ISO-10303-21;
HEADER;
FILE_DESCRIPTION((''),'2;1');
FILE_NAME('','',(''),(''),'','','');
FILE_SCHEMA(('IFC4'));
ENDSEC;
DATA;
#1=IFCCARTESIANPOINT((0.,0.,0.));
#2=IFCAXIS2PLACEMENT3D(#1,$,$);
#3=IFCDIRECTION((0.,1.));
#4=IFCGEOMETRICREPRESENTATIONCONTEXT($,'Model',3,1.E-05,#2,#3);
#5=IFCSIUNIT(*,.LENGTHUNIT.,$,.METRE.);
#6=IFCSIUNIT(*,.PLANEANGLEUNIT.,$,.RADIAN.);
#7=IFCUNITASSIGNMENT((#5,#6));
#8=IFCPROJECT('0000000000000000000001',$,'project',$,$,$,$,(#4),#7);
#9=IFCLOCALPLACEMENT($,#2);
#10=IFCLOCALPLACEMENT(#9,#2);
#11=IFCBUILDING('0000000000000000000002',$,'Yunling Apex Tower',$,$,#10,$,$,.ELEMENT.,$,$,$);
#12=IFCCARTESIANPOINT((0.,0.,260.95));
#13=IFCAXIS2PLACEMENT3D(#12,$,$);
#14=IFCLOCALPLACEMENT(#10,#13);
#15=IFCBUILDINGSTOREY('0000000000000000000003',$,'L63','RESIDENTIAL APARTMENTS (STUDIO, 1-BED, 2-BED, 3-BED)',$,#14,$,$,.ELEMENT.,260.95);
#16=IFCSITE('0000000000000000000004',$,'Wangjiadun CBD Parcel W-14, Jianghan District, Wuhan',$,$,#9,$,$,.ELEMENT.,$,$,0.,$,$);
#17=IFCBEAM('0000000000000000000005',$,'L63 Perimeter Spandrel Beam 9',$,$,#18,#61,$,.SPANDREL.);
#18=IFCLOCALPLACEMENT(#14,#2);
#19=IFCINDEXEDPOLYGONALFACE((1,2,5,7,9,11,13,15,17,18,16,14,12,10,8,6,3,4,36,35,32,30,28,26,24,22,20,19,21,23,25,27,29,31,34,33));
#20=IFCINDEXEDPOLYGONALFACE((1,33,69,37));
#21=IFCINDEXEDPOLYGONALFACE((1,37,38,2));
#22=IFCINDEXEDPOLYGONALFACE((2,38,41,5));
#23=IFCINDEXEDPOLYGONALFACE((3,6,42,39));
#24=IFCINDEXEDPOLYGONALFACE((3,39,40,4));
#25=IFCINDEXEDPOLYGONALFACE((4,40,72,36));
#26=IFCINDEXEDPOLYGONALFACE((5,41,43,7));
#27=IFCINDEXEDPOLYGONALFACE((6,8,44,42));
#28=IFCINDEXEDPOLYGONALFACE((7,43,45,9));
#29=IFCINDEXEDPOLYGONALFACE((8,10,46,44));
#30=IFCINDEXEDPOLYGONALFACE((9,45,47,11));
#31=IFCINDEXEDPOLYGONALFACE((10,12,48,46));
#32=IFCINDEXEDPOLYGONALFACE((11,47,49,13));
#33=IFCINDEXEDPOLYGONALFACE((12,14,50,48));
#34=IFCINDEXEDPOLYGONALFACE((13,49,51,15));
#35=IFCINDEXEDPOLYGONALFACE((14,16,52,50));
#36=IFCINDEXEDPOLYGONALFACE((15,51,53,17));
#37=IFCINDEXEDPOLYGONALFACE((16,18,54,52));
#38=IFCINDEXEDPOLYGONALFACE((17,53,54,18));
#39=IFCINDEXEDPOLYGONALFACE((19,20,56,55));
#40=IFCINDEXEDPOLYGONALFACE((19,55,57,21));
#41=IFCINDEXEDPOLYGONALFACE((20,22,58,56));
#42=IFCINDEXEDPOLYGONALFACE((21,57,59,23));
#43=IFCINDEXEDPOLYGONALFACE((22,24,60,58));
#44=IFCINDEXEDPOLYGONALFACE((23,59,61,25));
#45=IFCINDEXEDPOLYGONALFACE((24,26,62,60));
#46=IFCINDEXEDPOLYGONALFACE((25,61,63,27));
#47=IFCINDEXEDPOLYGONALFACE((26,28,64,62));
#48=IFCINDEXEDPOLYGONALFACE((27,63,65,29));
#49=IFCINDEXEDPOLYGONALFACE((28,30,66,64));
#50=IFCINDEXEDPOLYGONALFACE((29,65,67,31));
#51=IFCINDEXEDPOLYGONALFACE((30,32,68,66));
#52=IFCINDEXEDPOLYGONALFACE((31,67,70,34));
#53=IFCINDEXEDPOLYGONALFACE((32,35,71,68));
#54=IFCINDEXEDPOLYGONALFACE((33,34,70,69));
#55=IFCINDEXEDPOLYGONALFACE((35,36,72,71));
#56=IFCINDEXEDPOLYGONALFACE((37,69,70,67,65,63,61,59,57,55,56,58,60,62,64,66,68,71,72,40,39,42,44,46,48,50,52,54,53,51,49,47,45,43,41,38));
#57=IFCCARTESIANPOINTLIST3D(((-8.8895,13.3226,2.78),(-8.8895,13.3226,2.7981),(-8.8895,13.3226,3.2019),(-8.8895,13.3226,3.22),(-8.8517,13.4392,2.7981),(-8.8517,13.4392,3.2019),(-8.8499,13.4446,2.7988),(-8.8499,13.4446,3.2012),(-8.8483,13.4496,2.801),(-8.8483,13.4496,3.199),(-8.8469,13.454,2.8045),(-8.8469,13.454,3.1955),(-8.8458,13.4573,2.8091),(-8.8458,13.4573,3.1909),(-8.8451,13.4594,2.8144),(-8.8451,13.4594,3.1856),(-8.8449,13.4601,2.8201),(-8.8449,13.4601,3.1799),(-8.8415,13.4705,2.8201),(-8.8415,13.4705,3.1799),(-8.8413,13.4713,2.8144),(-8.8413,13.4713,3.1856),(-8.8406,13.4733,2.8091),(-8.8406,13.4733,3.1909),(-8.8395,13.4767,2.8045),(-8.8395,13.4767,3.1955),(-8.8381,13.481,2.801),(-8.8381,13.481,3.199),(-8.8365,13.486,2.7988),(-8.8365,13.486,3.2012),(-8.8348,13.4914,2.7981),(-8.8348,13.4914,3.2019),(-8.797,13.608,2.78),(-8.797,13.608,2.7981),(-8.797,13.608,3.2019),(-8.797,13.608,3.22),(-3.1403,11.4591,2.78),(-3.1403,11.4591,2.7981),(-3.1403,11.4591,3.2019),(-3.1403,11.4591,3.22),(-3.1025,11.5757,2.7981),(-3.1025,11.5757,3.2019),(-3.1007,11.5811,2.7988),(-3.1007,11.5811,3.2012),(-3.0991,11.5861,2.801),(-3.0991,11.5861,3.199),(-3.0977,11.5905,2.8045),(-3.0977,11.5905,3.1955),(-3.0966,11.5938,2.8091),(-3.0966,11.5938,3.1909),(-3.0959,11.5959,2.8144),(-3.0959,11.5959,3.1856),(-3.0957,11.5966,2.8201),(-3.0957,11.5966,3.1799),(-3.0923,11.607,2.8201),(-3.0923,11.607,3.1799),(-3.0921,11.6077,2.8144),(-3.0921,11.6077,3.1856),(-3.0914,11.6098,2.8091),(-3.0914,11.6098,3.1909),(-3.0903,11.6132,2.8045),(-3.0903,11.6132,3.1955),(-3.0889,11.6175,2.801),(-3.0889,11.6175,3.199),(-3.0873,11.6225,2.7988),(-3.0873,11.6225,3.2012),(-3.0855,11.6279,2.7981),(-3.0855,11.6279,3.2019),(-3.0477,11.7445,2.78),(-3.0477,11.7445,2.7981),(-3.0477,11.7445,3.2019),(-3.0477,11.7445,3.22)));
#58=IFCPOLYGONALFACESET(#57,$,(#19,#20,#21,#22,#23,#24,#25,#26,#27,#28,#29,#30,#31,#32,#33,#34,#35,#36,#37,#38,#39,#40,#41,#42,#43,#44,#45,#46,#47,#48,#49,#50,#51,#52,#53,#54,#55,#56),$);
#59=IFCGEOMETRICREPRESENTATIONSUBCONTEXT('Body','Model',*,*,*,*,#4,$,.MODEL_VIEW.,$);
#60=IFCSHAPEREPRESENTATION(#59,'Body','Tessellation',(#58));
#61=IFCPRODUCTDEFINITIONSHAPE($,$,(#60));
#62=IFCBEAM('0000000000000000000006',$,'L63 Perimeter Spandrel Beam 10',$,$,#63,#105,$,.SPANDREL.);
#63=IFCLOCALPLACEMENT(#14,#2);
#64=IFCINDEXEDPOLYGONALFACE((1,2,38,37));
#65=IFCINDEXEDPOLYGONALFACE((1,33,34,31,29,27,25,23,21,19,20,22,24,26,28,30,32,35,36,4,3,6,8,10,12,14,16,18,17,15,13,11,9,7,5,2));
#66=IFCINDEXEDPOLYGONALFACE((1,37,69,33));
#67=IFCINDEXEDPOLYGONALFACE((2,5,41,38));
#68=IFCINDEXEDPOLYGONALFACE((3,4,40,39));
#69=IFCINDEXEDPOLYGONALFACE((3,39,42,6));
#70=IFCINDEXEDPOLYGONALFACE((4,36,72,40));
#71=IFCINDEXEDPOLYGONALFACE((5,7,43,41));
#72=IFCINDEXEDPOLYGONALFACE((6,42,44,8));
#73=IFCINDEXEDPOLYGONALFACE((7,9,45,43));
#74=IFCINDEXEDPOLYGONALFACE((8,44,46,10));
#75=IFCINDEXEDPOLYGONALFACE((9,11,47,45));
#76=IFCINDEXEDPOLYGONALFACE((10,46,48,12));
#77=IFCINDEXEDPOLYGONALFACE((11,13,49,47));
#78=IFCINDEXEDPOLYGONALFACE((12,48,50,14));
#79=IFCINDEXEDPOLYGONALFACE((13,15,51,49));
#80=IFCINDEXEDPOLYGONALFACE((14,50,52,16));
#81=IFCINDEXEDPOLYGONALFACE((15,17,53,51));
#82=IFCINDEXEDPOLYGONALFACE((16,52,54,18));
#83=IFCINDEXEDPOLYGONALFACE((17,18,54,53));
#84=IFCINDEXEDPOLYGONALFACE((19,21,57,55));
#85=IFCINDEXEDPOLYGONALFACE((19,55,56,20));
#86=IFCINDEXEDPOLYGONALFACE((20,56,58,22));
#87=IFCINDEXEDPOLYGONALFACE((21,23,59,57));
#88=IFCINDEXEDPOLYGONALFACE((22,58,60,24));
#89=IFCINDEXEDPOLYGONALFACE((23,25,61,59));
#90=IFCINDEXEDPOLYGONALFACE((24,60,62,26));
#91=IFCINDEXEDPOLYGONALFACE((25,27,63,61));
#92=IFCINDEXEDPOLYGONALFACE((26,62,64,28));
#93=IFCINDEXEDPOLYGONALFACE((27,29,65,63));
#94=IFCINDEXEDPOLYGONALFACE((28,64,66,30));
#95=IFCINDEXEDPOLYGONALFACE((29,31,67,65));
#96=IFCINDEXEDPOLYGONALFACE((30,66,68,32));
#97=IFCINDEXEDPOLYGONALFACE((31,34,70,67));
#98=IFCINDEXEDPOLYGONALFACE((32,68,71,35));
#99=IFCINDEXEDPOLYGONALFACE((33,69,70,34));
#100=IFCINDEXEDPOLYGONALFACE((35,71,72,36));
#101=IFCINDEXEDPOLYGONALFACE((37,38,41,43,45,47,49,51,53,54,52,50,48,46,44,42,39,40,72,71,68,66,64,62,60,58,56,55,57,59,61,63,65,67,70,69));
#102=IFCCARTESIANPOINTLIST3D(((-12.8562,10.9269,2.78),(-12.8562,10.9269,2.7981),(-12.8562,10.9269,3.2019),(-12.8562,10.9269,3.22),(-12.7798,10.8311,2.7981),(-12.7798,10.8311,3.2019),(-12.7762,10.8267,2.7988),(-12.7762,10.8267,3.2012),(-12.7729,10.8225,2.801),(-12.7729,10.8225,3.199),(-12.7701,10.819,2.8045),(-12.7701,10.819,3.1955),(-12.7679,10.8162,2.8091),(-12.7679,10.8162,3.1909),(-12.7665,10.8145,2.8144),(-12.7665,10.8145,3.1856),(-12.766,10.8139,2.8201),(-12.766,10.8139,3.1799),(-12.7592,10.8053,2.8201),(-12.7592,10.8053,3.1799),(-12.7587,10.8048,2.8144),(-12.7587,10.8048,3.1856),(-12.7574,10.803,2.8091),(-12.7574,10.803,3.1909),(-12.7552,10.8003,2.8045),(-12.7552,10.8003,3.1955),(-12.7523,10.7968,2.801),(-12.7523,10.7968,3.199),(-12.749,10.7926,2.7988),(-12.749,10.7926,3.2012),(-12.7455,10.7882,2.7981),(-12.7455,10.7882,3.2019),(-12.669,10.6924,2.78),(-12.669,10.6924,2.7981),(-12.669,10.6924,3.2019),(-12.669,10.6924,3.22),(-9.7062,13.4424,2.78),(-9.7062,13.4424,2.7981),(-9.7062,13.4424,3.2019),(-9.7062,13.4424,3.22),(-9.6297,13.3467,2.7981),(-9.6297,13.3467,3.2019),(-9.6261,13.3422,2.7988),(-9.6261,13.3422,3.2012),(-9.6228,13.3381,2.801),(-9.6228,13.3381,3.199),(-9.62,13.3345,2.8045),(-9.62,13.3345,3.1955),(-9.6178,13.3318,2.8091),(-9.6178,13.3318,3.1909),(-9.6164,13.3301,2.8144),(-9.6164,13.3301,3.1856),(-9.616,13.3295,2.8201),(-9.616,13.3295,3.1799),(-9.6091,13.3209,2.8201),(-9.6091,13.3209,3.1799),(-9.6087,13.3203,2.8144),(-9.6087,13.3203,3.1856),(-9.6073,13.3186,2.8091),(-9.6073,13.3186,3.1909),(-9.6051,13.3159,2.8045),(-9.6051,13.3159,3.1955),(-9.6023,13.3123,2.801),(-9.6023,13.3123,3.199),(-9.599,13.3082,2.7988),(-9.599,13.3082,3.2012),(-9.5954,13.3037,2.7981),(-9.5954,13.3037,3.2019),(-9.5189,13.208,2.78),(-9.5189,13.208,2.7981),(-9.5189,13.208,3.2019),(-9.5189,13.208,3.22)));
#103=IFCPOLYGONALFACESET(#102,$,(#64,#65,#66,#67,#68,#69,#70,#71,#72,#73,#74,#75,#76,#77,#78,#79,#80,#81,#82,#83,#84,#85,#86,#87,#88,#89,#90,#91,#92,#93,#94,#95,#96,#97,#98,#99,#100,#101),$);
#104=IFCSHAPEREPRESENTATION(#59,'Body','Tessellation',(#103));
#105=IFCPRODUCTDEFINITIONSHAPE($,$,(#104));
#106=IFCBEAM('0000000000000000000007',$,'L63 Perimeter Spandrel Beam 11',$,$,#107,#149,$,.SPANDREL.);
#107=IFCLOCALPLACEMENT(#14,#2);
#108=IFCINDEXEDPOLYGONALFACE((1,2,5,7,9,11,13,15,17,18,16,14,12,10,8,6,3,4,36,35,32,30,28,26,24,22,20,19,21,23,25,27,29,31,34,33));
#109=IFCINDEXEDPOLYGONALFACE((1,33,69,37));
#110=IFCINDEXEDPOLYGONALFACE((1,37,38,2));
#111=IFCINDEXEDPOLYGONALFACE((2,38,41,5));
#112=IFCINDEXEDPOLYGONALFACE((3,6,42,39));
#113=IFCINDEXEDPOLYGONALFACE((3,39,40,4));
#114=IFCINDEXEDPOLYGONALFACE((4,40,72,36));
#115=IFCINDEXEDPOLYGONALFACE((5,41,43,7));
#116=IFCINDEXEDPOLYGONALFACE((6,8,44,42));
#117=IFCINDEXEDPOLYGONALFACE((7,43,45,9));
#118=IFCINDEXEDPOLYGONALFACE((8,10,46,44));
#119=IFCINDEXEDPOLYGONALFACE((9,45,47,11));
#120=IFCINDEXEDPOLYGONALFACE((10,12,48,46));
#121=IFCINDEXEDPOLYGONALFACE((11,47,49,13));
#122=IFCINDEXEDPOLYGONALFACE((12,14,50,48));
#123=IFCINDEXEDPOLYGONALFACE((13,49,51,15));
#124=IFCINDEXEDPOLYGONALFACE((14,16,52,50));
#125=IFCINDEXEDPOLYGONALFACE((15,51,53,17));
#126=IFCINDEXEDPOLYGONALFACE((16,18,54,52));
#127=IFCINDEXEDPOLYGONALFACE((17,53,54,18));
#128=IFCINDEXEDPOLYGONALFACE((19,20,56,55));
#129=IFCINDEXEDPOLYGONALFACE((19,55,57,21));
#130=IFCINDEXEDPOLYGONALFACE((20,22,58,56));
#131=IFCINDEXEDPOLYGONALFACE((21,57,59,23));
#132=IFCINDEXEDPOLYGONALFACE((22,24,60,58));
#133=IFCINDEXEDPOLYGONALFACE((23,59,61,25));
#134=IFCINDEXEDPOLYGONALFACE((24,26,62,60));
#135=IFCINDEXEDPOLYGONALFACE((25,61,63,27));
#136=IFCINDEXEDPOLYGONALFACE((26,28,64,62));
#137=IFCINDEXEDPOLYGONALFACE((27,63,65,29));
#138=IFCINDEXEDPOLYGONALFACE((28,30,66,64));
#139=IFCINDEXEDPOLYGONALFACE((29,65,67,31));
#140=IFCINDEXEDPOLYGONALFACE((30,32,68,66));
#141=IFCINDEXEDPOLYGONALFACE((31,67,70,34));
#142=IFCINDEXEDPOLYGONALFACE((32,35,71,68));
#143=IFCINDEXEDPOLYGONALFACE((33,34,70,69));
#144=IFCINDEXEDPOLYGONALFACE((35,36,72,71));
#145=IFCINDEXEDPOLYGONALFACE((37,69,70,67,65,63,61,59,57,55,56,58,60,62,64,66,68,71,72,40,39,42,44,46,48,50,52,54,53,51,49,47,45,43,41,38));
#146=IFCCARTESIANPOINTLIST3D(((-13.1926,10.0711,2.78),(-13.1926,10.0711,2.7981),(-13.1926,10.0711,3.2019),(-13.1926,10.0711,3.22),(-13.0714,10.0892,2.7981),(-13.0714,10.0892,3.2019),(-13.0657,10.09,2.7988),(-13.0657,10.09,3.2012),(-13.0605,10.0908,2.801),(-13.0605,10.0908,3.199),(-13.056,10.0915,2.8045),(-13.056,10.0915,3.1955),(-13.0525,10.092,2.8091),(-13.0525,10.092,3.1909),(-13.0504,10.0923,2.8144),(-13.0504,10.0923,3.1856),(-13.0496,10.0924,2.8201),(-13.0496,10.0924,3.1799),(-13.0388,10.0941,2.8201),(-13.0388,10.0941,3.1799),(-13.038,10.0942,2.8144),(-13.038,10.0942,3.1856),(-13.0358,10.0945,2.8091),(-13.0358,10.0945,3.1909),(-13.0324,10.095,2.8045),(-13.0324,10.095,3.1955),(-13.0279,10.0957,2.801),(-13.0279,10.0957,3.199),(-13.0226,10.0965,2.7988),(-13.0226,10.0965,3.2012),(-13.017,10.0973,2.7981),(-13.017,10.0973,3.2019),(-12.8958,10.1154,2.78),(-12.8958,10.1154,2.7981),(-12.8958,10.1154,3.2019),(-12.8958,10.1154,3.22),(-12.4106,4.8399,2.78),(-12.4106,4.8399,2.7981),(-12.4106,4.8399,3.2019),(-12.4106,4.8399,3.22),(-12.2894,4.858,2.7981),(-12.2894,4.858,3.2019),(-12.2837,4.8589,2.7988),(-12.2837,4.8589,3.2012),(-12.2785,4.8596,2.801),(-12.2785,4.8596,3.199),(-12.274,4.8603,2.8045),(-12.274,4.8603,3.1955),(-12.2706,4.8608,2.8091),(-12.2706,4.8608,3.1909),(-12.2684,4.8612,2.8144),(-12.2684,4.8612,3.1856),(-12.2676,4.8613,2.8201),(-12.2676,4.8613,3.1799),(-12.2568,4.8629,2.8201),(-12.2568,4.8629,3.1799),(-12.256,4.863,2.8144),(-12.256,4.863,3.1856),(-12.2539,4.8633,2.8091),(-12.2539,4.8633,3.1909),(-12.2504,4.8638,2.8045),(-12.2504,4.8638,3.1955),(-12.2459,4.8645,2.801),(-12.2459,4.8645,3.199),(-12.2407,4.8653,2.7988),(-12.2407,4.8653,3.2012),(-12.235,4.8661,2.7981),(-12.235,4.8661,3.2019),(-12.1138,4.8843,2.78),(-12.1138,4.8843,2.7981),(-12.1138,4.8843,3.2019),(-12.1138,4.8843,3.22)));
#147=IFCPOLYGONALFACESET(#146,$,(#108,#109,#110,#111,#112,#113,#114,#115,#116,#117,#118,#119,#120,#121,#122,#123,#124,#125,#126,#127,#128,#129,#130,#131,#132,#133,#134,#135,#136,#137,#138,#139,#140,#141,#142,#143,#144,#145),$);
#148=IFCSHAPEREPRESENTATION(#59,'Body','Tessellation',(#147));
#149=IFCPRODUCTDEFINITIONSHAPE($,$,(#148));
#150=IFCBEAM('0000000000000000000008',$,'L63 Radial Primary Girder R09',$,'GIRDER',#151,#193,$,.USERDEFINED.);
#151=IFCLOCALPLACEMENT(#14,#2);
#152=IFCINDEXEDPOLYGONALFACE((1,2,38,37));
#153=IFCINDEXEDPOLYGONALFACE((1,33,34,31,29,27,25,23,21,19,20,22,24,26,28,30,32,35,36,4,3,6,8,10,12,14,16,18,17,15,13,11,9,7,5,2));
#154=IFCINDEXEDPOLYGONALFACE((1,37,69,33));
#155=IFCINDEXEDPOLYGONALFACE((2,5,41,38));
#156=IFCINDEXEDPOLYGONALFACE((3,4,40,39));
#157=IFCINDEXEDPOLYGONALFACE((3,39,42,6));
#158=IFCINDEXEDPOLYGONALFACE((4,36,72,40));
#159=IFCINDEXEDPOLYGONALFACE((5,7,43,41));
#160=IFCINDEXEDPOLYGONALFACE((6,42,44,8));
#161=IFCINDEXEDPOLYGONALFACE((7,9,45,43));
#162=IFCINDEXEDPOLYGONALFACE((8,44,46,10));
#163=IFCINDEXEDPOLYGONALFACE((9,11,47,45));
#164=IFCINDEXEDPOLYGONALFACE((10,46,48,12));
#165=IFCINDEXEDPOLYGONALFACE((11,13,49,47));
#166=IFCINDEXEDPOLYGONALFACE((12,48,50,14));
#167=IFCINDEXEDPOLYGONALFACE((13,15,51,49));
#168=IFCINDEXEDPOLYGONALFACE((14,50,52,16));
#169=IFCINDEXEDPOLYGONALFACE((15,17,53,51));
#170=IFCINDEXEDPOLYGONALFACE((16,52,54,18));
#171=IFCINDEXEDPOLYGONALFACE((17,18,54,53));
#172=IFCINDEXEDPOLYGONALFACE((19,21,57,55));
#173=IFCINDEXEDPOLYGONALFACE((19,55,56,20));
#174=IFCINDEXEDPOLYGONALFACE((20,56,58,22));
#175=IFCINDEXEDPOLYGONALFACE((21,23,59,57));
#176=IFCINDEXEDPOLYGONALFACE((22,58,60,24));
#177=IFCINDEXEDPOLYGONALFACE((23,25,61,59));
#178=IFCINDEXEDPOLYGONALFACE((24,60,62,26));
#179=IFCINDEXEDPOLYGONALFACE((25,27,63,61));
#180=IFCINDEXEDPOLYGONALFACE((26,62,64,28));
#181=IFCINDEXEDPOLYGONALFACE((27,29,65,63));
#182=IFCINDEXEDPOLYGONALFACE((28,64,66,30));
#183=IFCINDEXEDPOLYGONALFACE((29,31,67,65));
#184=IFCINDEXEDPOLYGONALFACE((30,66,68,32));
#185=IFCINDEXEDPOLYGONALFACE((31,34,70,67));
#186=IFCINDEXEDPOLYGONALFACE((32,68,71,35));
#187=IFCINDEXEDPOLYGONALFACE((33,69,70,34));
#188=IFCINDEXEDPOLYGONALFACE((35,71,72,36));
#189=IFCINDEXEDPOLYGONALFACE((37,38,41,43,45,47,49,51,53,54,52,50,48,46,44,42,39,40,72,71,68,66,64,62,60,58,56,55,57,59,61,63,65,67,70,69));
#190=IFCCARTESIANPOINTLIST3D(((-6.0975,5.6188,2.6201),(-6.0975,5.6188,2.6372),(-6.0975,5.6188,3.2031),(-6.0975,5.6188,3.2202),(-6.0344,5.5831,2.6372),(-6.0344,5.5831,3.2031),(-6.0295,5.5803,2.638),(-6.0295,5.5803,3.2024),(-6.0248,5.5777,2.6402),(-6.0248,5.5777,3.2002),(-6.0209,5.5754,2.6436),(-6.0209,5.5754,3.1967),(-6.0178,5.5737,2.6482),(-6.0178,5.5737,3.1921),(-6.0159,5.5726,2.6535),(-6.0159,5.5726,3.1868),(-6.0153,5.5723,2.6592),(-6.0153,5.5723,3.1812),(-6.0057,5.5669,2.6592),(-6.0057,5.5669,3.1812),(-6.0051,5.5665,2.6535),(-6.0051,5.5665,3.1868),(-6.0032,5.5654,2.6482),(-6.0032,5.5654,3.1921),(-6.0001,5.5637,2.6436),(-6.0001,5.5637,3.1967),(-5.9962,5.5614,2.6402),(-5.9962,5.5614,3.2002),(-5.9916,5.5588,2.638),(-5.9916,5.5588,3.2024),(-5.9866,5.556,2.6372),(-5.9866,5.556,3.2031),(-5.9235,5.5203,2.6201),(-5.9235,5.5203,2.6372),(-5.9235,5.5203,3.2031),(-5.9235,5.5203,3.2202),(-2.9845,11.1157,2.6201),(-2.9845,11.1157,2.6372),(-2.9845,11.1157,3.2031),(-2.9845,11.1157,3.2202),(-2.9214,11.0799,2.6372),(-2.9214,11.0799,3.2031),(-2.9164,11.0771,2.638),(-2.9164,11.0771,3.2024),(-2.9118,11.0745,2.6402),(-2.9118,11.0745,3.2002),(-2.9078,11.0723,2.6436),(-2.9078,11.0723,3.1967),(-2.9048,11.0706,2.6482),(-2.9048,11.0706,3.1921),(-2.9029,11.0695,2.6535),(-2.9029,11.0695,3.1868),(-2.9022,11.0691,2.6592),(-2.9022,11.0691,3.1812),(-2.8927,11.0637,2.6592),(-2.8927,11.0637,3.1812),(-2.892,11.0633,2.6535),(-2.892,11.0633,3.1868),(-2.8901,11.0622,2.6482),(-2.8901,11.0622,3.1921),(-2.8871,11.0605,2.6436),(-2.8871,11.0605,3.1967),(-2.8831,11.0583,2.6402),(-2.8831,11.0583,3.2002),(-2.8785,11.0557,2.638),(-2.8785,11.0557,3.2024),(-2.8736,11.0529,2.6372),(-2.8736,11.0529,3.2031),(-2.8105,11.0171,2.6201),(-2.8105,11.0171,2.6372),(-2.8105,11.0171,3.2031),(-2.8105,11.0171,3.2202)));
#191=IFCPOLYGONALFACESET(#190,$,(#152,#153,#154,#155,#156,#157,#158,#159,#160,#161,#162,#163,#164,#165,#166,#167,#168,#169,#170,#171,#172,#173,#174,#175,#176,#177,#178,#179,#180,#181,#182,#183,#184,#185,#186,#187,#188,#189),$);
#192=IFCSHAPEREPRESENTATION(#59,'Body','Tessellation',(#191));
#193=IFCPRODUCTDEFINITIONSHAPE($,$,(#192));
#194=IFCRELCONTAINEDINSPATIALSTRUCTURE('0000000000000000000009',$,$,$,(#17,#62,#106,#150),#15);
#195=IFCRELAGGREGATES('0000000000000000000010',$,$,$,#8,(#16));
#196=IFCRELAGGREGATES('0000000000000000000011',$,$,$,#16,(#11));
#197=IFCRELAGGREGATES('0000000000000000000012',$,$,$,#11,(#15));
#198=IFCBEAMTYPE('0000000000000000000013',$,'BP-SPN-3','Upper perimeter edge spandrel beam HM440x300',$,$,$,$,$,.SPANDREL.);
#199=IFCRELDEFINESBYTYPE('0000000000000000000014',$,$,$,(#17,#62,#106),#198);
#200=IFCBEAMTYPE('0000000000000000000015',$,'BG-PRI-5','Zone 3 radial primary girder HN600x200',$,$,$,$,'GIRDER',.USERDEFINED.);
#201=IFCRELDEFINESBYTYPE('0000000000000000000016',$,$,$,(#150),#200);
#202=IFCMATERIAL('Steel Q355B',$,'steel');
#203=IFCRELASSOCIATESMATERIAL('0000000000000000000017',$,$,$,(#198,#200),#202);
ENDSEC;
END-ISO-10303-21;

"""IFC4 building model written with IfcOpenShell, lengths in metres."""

from ifc_helpers import new_model, si_unit, direction, frame, origin, origin_2d, place, context, subcontext, project, spatial, i_section, extrude, source, transform, mapped, material, material_profile, profile_set, type_object, element, save


model = new_model("IFC4")

# Units and contexts
model_context = context("Model", 3, precision=1e-05, world=origin(), true_north=direction((0.0, 1.0)))
body_context = subcontext(model_context, "Body", "Model", "MODEL_VIEW")
ifc_project = project(units=[si_unit("LENGTHUNIT", "METRE"), si_unit("PLANEANGLEUNIT", "RADIAN")], contexts=[model_context])

# Site, building, storey
site_placement = place(None, origin())
site = spatial("IfcSite", under=ifc_project, at=site_placement, Name="Wangjiadun CBD Parcel W-14, Jianghan District, Wuhan", CompositionType="ELEMENT", RefElevation=0.0)
building_placement = place(site_placement, origin())
building = spatial("IfcBuilding", under=site, at=building_placement, Name="Yunling Apex Tower", CompositionType="ELEMENT")
storey_placement = place(building_placement, frame((0.0, 0.0, 260.95)))
storey = spatial("IfcBuildingStorey", under=building, at=storey_placement, Name="L63", Description="RESIDENTIAL APARTMENTS (STUDIO, 1-BED, 2-BED, 3-BED)", CompositionType="ELEMENT", Elevation=260.95)

# Shared definitions
ifc_material_1 = material(Name="Steel Q355B", Category="steel")

# Beams
ifc_material_profile_1 = material_profile(ifc_material_1, i_section(OverallWidth=0.3, OverallDepth=0.4399, WebThickness=0.011, FlangeThickness=0.0181, FilletRadius=0.022, at=origin_2d()))
ifc_profile_set_1 = profile_set([ifc_material_profile_1], Name="Steel Q355B")
beam_type_1 = type_object("IfcBeamType", Name="BP-SPN-3", Description="Upper perimeter edge spandrel beam HM440x300", PredefinedType="SPANDREL", material=ifc_profile_set_1)
shared_shape_1 = source(origin(), body_context, "Body", "SweptSolid", [
    extrude(i_section(OverallWidth=0.3, OverallDepth=0.4399, WebThickness=0.011, FlangeThickness=0.0181, FilletRadius=0.022, at=origin_2d()), origin(), (0.0, 0.0, 1.0), 6.0437),
])
beam_1_placement = place(storey_placement, frame((-3.094, 11.6018, 3.0), z_axis=(-0.951276, 0.30834, 0.0), x_axis=(-0.30834, -0.951276, 0.0)))
element("IfcBeam", 1, at=beam_1_placement, inside=storey, type_object=beam_type_1, Name="L63 Perimeter Spandrel Beam 9", PredefinedType="SPANDREL", context=body_context, shape_type="MappedRepresentation", body=[
    mapped(shared_shape_1, transform((0.0, 0.0, 0.0), scale=1.0)),
])
shared_shape_2 = source(origin(), body_context, "Body", "SweptSolid", [
    extrude(i_section(OverallWidth=0.3, OverallDepth=0.4399, WebThickness=0.011, FlangeThickness=0.0181, FilletRadius=0.022, at=origin_2d()), origin(), (0.0, 0.0, 1.0), 4.0312),
])
beam_2_placement = place(storey_placement, frame((-9.6125, 13.3252, 3.0), z_axis=(-0.781412, -0.624015, 0.0), x_axis=(0.624015, -0.781412, 0.0)))
element("IfcBeam", 2, at=beam_2_placement, inside=storey, type_object=beam_type_1, Name="L63 Perimeter Spandrel Beam 10", PredefinedType="SPANDREL", context=body_context, shape_type="MappedRepresentation", body=[
    mapped(shared_shape_2, transform((0.0, 0.0, 0.0), scale=1.0)),
])
shared_shape_3 = source(origin(), body_context, "Body", "SweptSolid", [
    extrude(i_section(OverallWidth=0.3, OverallDepth=0.4399, WebThickness=0.011, FlangeThickness=0.0181, FilletRadius=0.022, at=origin_2d()), origin(), (0.0, 0.0, 1.0), 5.2893),
])
beam_3_placement = place(storey_placement, frame((-13.0442, 10.0933, 3.0), z_axis=(0.147842, -0.989011, 0.0), x_axis=(0.989011, 0.147842, 0.0)))
element("IfcBeam", 3, at=beam_3_placement, inside=storey, type_object=beam_type_1, Name="L63 Perimeter Spandrel Beam 11", PredefinedType="SPANDREL", context=body_context, shape_type="MappedRepresentation", body=[
    mapped(shared_shape_3, transform((0.0, 0.0, 0.0), scale=1.0)),
])
ifc_material_profile_2 = material_profile(ifc_material_1, i_section(OverallWidth=0.2, OverallDepth=0.6001, WebThickness=0.011, FlangeThickness=0.0171, FilletRadius=0.022, at=origin_2d()))
ifc_profile_set_2 = profile_set([ifc_material_profile_2], Name="Steel Q355B")
beam_type_2 = type_object("IfcBeamType", Name="BG-PRI-5", Description="Zone 3 radial primary girder HN600x200", ElementType="GIRDER", PredefinedType="USERDEFINED", material=ifc_profile_set_2)
shared_shape_4 = source(origin(), body_context, "Body", "SweptSolid", [
    extrude(i_section(OverallWidth=0.2, OverallDepth=0.6001, WebThickness=0.011, FlangeThickness=0.0171, FilletRadius=0.022, at=origin_2d()), origin(), (0.0, 0.0, 1.0), 6.3171),
])
beam_4_placement = place(storey_placement, frame((-2.8975, 11.0664, 2.9202), z_axis=(-0.492793, -0.870146, 0.0), x_axis=(0.870146, -0.492793, 0.0)))
element("IfcBeam", 4, at=beam_4_placement, inside=storey, type_object=beam_type_2, Name="L63 Radial Primary Girder R09", ObjectType="GIRDER", PredefinedType="USERDEFINED", context=body_context, shape_type="MappedRepresentation", body=[
    mapped(shared_shape_4, transform((0.0, 0.0, 0.0), scale=1.0)),
])

save(model, "model.ifc")
